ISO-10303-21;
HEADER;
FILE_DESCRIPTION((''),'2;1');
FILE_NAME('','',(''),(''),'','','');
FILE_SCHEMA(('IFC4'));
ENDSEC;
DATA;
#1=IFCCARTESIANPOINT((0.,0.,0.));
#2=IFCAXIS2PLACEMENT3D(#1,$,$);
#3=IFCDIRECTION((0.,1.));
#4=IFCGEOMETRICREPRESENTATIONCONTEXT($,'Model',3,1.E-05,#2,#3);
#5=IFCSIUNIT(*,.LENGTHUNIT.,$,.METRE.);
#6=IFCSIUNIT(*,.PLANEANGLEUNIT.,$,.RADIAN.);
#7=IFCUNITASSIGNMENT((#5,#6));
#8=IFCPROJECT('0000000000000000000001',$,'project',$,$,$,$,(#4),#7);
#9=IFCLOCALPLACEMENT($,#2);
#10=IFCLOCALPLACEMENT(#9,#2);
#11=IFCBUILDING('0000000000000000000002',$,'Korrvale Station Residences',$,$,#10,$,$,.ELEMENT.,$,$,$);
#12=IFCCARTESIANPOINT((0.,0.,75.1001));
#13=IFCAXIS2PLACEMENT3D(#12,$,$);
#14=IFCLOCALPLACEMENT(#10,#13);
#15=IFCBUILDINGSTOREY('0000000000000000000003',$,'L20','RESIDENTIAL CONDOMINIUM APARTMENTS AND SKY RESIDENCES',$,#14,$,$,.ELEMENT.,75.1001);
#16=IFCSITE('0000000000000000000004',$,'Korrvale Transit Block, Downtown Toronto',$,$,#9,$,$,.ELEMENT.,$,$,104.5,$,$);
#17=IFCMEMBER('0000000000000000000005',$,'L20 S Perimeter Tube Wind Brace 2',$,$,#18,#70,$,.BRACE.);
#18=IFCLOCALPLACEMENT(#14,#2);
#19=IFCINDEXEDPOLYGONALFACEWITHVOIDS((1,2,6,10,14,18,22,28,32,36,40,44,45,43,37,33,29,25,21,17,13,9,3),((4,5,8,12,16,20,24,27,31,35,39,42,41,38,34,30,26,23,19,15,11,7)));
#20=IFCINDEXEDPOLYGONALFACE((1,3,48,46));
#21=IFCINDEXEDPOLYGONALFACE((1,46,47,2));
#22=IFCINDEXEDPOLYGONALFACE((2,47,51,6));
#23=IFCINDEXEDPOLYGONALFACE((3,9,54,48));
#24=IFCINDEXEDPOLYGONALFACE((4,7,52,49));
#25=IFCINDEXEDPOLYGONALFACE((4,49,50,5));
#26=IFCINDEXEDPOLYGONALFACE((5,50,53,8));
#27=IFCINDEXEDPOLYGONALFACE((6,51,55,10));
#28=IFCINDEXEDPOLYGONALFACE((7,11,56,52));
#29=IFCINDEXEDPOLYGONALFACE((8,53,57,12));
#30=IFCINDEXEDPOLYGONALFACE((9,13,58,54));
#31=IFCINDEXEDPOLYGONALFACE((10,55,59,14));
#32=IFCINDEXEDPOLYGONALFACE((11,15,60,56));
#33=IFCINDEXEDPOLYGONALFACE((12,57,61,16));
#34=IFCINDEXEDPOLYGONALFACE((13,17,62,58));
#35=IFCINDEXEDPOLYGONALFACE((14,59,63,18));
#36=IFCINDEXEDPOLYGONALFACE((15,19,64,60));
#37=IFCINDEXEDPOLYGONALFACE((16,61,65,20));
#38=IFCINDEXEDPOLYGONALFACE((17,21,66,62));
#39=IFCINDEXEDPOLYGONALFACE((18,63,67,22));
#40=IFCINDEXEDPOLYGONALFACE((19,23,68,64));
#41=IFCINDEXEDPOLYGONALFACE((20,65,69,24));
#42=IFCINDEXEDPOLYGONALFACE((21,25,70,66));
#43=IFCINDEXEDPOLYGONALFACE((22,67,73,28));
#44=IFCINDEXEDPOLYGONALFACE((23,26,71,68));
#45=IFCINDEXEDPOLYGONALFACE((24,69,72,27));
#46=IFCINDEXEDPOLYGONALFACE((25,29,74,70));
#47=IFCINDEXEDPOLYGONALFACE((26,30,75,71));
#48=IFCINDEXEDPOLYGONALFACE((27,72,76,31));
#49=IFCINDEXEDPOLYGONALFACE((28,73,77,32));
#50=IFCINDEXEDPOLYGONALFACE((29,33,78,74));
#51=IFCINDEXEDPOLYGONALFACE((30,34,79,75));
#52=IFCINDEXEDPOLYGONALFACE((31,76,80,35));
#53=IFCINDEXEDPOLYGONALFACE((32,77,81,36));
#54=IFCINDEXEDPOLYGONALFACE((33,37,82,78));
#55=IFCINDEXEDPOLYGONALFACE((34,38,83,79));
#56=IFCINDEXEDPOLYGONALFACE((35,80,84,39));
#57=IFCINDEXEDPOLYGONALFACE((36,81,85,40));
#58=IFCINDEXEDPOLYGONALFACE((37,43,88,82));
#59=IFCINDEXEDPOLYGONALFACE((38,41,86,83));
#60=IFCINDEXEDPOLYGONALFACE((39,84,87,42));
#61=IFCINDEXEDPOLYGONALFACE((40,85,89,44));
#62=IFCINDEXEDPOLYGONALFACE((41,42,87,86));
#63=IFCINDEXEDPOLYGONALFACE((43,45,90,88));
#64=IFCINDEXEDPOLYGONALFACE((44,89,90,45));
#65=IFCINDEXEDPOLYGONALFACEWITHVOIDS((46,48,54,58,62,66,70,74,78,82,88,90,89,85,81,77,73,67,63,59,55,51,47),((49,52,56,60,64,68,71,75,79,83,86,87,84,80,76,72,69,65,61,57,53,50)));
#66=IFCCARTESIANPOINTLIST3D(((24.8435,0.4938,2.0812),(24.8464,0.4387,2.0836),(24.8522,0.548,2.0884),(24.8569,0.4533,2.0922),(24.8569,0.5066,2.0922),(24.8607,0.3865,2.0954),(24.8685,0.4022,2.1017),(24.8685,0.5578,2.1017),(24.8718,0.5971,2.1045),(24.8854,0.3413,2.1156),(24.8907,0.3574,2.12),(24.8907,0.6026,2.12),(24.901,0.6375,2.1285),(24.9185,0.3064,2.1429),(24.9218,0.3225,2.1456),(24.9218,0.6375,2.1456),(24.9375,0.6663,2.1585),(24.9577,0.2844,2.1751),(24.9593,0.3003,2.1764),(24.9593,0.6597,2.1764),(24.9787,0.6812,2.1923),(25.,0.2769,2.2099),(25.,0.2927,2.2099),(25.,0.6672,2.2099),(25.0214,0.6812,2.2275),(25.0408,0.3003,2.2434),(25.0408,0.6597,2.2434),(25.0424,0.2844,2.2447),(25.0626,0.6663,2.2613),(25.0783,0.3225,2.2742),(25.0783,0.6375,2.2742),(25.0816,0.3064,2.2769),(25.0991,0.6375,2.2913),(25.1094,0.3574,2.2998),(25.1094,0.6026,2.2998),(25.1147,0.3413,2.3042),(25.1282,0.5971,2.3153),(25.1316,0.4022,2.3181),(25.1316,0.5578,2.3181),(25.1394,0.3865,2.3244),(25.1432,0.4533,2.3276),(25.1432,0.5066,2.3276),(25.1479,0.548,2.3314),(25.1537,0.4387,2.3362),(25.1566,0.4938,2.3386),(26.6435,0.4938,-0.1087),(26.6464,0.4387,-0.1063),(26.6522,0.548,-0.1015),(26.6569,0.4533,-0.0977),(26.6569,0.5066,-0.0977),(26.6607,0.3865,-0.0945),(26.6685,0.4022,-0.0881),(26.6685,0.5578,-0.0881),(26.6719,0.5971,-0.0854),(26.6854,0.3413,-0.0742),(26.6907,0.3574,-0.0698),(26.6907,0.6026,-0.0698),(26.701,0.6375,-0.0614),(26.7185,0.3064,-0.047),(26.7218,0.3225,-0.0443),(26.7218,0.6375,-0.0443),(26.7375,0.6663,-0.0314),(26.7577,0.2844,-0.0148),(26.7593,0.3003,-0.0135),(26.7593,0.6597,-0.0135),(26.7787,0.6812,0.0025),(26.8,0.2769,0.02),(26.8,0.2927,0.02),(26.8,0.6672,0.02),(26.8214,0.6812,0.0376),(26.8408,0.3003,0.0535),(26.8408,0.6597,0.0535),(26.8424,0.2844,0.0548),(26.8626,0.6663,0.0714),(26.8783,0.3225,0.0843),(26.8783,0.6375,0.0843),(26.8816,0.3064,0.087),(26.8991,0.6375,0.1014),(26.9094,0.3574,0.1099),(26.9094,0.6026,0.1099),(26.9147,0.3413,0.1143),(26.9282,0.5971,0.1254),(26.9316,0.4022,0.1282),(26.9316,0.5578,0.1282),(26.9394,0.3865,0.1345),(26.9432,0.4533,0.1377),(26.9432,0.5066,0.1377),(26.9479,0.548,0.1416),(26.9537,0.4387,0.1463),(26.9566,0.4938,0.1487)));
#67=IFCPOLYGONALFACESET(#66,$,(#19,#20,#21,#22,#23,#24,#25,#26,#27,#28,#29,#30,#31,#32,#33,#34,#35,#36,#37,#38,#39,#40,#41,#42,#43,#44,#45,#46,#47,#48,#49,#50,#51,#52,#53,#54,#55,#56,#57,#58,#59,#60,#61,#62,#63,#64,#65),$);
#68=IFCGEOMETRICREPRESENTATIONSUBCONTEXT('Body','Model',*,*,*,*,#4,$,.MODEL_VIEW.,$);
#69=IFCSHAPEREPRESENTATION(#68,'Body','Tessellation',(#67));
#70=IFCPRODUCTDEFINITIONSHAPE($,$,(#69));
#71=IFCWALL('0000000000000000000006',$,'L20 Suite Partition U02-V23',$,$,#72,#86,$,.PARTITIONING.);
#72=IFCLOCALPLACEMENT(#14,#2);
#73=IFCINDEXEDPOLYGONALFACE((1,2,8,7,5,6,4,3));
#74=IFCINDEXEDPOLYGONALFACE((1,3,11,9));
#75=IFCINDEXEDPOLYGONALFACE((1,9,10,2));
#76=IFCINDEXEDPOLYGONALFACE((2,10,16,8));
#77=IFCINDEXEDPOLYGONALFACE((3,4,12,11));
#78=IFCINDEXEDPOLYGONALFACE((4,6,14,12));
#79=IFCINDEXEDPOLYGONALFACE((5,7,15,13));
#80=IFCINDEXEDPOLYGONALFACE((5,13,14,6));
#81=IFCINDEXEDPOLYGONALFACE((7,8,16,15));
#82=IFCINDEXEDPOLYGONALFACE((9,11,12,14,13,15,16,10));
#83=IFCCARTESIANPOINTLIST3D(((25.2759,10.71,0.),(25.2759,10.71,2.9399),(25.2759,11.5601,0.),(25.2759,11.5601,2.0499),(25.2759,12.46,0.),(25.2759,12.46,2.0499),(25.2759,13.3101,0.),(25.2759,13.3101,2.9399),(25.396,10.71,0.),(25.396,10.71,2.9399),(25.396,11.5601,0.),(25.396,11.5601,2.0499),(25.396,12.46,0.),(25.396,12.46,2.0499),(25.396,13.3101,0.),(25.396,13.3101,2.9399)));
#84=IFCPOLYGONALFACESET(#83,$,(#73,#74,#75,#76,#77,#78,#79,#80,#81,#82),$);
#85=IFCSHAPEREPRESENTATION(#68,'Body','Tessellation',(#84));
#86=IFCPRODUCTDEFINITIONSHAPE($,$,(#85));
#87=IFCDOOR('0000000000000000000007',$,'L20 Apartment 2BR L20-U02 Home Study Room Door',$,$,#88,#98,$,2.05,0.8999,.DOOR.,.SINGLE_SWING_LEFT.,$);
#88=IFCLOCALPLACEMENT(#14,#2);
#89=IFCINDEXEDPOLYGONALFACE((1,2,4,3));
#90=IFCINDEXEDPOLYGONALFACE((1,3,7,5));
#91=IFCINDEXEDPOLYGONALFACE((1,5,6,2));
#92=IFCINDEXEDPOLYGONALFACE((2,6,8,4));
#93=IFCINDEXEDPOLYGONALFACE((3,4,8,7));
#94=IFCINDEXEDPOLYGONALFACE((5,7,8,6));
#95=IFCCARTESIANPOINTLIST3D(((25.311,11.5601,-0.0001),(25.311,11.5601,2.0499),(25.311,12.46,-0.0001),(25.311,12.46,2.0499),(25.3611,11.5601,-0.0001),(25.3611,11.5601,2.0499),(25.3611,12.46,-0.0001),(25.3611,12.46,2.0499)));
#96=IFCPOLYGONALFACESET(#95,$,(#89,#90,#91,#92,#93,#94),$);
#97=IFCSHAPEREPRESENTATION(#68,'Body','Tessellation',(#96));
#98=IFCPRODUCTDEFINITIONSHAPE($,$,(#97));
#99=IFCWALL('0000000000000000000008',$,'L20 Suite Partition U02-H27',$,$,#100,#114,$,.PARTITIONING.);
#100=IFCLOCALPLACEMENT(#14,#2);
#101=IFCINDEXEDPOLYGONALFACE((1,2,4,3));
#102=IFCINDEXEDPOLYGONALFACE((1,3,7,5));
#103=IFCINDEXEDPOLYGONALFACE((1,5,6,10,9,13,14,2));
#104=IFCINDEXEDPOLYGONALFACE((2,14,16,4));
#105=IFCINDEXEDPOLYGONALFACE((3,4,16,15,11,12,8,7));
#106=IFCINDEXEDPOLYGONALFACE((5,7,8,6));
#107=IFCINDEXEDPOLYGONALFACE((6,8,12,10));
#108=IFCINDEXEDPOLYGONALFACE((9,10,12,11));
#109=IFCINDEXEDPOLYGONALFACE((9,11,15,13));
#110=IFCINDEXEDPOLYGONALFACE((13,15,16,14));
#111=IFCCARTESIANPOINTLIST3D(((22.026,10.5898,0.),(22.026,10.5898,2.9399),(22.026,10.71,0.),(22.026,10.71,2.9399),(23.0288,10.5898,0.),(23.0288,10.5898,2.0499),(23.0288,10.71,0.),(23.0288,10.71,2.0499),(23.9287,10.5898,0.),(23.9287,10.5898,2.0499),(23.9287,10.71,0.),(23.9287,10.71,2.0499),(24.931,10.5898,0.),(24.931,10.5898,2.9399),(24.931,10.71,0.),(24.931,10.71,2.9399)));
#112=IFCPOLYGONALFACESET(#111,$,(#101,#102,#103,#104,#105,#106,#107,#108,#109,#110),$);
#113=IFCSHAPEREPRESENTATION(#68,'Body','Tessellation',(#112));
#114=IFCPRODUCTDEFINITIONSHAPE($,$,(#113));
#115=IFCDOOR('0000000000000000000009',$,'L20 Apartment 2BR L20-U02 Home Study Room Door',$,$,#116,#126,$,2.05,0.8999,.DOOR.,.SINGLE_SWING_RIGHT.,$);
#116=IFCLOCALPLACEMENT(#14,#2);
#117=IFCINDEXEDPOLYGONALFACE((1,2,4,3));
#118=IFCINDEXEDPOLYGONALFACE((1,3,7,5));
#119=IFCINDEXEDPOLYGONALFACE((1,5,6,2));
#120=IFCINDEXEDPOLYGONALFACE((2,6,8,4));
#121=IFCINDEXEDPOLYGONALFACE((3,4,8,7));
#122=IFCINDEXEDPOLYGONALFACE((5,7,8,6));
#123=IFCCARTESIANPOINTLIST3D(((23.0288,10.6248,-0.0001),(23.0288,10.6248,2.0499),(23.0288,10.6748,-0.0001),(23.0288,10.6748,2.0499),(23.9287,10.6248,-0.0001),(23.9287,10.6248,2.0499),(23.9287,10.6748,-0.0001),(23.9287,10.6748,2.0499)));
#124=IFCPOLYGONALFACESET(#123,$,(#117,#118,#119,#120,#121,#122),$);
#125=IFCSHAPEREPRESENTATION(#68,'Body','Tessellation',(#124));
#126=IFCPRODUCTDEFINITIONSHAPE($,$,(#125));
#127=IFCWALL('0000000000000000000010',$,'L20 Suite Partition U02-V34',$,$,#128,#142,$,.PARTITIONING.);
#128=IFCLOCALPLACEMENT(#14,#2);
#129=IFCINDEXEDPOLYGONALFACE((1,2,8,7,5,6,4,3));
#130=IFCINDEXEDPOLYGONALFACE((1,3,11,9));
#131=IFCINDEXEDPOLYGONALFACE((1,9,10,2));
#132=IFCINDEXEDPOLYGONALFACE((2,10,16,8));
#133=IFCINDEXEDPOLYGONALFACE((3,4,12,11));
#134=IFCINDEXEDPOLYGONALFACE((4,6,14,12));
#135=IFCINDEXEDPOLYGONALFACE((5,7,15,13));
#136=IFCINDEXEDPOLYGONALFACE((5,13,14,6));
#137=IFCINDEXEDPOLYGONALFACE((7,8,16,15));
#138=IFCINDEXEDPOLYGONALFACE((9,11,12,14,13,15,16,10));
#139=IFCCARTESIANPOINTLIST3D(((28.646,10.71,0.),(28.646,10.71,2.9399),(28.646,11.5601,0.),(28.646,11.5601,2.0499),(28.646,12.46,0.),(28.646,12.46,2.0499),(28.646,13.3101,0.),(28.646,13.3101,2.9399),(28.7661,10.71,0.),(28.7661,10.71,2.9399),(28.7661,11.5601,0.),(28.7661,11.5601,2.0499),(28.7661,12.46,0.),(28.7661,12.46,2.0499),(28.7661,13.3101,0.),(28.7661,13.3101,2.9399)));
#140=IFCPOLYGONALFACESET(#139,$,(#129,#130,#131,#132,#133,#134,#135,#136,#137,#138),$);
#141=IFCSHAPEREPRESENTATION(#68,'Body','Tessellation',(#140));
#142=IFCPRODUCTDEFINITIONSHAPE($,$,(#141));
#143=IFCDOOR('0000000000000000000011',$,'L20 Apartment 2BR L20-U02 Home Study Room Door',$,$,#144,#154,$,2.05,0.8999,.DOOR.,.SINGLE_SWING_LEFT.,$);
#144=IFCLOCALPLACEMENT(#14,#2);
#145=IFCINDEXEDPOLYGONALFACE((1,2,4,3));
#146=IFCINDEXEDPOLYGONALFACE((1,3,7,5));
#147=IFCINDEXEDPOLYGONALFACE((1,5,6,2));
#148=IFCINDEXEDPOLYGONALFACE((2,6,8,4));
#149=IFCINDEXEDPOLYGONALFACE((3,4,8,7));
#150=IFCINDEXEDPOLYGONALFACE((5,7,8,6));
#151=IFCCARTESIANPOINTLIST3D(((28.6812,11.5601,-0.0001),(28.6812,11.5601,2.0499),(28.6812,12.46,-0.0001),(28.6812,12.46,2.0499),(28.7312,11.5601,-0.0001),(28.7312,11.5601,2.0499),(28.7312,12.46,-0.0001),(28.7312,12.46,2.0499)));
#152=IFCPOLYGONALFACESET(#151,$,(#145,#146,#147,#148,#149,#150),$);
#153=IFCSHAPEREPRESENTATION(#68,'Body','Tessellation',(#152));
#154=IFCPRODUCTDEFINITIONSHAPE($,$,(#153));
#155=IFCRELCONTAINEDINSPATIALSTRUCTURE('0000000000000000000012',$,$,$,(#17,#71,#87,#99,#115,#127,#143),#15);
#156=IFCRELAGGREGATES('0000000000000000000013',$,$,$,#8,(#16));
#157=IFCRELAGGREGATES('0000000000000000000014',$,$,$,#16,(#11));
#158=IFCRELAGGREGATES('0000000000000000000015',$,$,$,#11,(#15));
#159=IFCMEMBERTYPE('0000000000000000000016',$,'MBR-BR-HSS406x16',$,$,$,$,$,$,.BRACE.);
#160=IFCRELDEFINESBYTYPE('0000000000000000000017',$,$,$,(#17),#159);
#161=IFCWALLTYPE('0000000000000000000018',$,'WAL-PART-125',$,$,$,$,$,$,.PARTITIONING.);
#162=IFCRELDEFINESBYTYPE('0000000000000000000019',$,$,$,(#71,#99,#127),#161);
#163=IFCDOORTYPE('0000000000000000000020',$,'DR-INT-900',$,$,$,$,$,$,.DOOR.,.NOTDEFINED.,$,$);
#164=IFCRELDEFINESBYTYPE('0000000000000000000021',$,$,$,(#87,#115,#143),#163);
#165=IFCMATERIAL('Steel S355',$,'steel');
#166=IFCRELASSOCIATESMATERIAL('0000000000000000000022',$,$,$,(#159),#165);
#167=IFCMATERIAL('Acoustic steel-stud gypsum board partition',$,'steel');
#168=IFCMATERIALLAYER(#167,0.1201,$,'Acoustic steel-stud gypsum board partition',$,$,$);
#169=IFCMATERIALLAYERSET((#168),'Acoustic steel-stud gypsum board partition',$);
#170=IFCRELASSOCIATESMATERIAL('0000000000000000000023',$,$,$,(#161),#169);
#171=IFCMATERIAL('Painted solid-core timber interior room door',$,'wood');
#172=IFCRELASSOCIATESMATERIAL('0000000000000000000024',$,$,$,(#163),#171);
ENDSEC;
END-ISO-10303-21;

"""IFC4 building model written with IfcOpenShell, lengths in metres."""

from ifc_helpers import new_model, si_unit, direction, frame, frame_2d, origin, origin_2d, place, context, subcontext, project, spatial, rectangle, hollow_circle, extrude, material, layer, layer_set, material_profile, profile_set, type_object, element, fill, save


model = new_model("IFC4")

# Units and contexts
model_context = context("Model", 3, precision=1e-05, world=origin(), true_north=direction((0.0, 1.0)))
body_context = subcontext(model_context, "Body", "Model", "MODEL_VIEW")
ifc_project = project(units=[si_unit("LENGTHUNIT", "METRE"), si_unit("PLANEANGLEUNIT", "RADIAN")], contexts=[model_context])

# Site, building, storey
site_placement = place(None, origin())
site = spatial("IfcSite", under=ifc_project, at=site_placement, Name="Korrvale Transit Block, Downtown Toronto", CompositionType="ELEMENT", RefElevation=104.5)
building_placement = place(site_placement, origin())
building = spatial("IfcBuilding", under=site, at=building_placement, Name="Korrvale Station Residences", CompositionType="ELEMENT")
storey_placement = place(building_placement, frame((0.0, 0.0, 75.1001)))
storey = spatial("IfcBuildingStorey", under=building, at=storey_placement, Name="L20", Description="RESIDENTIAL CONDOMINIUM APARTMENTS AND SKY RESIDENCES", CompositionType="ELEMENT", Elevation=75.1001)

# Member
ifc_material_1 = material(Name="Steel S355", Category="steel")
ifc_material_profile_1 = material_profile(ifc_material_1, hollow_circle(Radius=0.2031, WallThickness=0.0159, at=origin_2d()), Name="HSS406x16")
ifc_profile_set_1 = profile_set([ifc_material_profile_1], Name="Steel S355")
member_type = type_object("IfcMemberType", Name="MBR-BR-HSS406x16", PredefinedType="BRACE", material=ifc_profile_set_1)
for number, where, z_axis, x_axis, name in (
    (1, (26.8, 0.48, 0.02), (-0.634985, 0.0, 0.772524), (0.0, -1.0, 0.0), "L20 S Perimeter Tube Wind Brace 2"),
):
    element("IfcMember", number, at=place(storey_placement, frame(where, z_axis=z_axis, x_axis=x_axis)), inside=storey, type_object=member_type, Name=name, PredefinedType="BRACE", context=body_context, shape_type="SweptSolid", body=[
        extrude(hollow_circle(Radius=0.2031, WallThickness=0.0159, at=origin_2d()), origin(), (0.0, 0.0, 1.0), 2.8347),
    ])

# Walls, openings, doors
ifc_material_2 = material(Name="Acoustic steel-stud gypsum board partition", Category="steel")
ifc_layer_1 = layer(ifc_material_2, 0.1201, Name="Acoustic steel-stud gypsum board partition")
ifc_layer_set_1 = layer_set([ifc_layer_1], Name="Acoustic steel-stud gypsum board partition")
wall_type_1 = type_object("IfcWallType", Name="WAL-PART-125", PredefinedType="PARTITIONING", material=ifc_layer_set_1)
wall_1_placement = place(storey_placement, frame((25.3359, 10.71, 0.0), z_axis=(0.0, 0.0, 1.0), x_axis=(0.0, 1.0, 0.0)))
wall_1 = element("IfcWall", 2, at=wall_1_placement, inside=storey, type_object=wall_type_1, Name="L20 Suite Partition U02-V23", PredefinedType="PARTITIONING", context=body_context, shape_type="SweptSolid", body=[
    extrude(rectangle(XDim=2.6001, YDim=0.1201, at=frame_2d((1.3, 0.0))), origin(), (0.0, 0.0, 1.0), 2.9399),
])
opening_1_placement = place(wall_1_placement, frame((0.8501, 0.0, 0.0)))
opening_1 = element("IfcOpeningElement", 3, at=opening_1_placement, cuts=wall_1, PredefinedType="OPENING", context=body_context, shape_type="SweptSolid", body=[
    extrude(rectangle(XDim=0.8999, YDim=2.05, at=frame_2d((0.45, 1.0249))), frame((0.0, 0.0701, 0.0), z_axis=(0.0, -1.0, 0.0), x_axis=(1.0, 0.0, 0.0)), (0.0, 0.0, 1.0), 0.1401),
])
ifc_material_3 = material(Name="Painted solid-core timber interior room door", Category="wood")
door_type = type_object("IfcDoorType", Name="DR-INT-900", OperationType="NOTDEFINED", PredefinedType="DOOR", material=ifc_material_3)
door_1_placement = place(opening_1_placement, origin())
door_1 = element("IfcDoor", 4, at=door_1_placement, inside=storey, type_object=door_type, Name="L20 Apartment 2BR L20-U02 Home Study Room Door", OperationType="SINGLE_SWING_LEFT", OverallHeight=2.05, OverallWidth=0.8999, PredefinedType="DOOR", context=body_context, shape_type="SweptSolid", body=[
    extrude(rectangle(XDim=0.8999, YDim=2.05, at=frame_2d((0.45, 1.0249))), frame((0.0, 0.0249, 0.0), z_axis=(0.0, -1.0, 0.0), x_axis=(1.0, 0.0, 0.0)), (0.0, 0.0, 1.0), 0.05),
])
fill(opening_1, door_1)
wall_2_placement = place(storey_placement, frame((22.0259, 10.6499, 0.0), z_axis=(0.0, 0.0, 1.0), x_axis=(1.0, 0.0, 0.0)))
wall_2 = element("IfcWall", 5, at=wall_2_placement, inside=storey, type_object=wall_type_1, Name="L20 Suite Partition U02-H27", PredefinedType="PARTITIONING", context=body_context, shape_type="SweptSolid", body=[
    extrude(rectangle(XDim=2.905, YDim=0.1201, at=frame_2d((1.4526, 0.0))), origin(), (0.0, 0.0, 1.0), 2.9399),
])
opening_2_placement = place(wall_2_placement, frame((1.0029, 0.0, 0.0)))
opening_2 = element("IfcOpeningElement", 6, at=opening_2_placement, cuts=wall_2, PredefinedType="OPENING", context=body_context, shape_type="SweptSolid", body=[
    extrude(rectangle(XDim=0.8999, YDim=2.05, at=frame_2d((0.45, 1.0249))), frame((0.0, 0.0701, 0.0), z_axis=(0.0, -1.0, 0.0), x_axis=(1.0, 0.0, 0.0)), (0.0, 0.0, 1.0), 0.1401),
])
door_2_placement = place(opening_2_placement, origin())
door_2 = element("IfcDoor", 7, at=door_2_placement, inside=storey, type_object=door_type, Name="L20 Apartment 2BR L20-U02 Home Study Room Door", OperationType="SINGLE_SWING_RIGHT", OverallHeight=2.05, OverallWidth=0.8999, PredefinedType="DOOR", context=body_context, shape_type="SweptSolid", body=[
    extrude(rectangle(XDim=0.8999, YDim=2.05, at=frame_2d((0.45, 1.0249))), frame((0.0, 0.0249, 0.0), z_axis=(0.0, -1.0, 0.0), x_axis=(1.0, 0.0, 0.0)), (0.0, 0.0, 1.0), 0.05),
])
fill(opening_2, door_2)
wall_3_placement = place(storey_placement, frame((28.7061, 10.71, 0.0), z_axis=(0.0, 0.0, 1.0), x_axis=(0.0, 1.0, 0.0)))
wall_3 = element("IfcWall", 8, at=wall_3_placement, inside=storey, type_object=wall_type_1, Name="L20 Suite Partition U02-V34", PredefinedType="PARTITIONING", context=body_context, shape_type="SweptSolid", body=[
    extrude(rectangle(XDim=2.6001, YDim=0.1201, at=frame_2d((1.3, 0.0))), origin(), (0.0, 0.0, 1.0), 2.9399),
])
opening_3_placement = place(wall_3_placement, frame((0.8501, 0.0, 0.0)))
opening_3 = element("IfcOpeningElement", 9, at=opening_3_placement, cuts=wall_3, PredefinedType="OPENING", context=body_context, shape_type="SweptSolid", body=[
    extrude(rectangle(XDim=0.8999, YDim=2.05, at=frame_2d((0.45, 1.0249))), frame((0.0, 0.0701, 0.0), z_axis=(0.0, -1.0, 0.0), x_axis=(1.0, 0.0, 0.0)), (0.0, 0.0, 1.0), 0.1401),
])
door_3_placement = place(opening_3_placement, origin())
door_3 = element("IfcDoor", 10, at=door_3_placement, inside=storey, type_object=door_type, Name="L20 Apartment 2BR L20-U02 Home Study Room Door", OperationType="SINGLE_SWING_LEFT", OverallHeight=2.05, OverallWidth=0.8999, PredefinedType="DOOR", context=body_context, shape_type="SweptSolid", body=[
    extrude(rectangle(XDim=0.8999, YDim=2.05, at=frame_2d((0.45, 1.0249))), frame((0.0, 0.0249, 0.0), z_axis=(0.0, -1.0, 0.0), x_axis=(1.0, 0.0, 0.0)), (0.0, 0.0, 1.0), 0.05),
])
fill(opening_3, door_3)

save(model, "model.ifc")
